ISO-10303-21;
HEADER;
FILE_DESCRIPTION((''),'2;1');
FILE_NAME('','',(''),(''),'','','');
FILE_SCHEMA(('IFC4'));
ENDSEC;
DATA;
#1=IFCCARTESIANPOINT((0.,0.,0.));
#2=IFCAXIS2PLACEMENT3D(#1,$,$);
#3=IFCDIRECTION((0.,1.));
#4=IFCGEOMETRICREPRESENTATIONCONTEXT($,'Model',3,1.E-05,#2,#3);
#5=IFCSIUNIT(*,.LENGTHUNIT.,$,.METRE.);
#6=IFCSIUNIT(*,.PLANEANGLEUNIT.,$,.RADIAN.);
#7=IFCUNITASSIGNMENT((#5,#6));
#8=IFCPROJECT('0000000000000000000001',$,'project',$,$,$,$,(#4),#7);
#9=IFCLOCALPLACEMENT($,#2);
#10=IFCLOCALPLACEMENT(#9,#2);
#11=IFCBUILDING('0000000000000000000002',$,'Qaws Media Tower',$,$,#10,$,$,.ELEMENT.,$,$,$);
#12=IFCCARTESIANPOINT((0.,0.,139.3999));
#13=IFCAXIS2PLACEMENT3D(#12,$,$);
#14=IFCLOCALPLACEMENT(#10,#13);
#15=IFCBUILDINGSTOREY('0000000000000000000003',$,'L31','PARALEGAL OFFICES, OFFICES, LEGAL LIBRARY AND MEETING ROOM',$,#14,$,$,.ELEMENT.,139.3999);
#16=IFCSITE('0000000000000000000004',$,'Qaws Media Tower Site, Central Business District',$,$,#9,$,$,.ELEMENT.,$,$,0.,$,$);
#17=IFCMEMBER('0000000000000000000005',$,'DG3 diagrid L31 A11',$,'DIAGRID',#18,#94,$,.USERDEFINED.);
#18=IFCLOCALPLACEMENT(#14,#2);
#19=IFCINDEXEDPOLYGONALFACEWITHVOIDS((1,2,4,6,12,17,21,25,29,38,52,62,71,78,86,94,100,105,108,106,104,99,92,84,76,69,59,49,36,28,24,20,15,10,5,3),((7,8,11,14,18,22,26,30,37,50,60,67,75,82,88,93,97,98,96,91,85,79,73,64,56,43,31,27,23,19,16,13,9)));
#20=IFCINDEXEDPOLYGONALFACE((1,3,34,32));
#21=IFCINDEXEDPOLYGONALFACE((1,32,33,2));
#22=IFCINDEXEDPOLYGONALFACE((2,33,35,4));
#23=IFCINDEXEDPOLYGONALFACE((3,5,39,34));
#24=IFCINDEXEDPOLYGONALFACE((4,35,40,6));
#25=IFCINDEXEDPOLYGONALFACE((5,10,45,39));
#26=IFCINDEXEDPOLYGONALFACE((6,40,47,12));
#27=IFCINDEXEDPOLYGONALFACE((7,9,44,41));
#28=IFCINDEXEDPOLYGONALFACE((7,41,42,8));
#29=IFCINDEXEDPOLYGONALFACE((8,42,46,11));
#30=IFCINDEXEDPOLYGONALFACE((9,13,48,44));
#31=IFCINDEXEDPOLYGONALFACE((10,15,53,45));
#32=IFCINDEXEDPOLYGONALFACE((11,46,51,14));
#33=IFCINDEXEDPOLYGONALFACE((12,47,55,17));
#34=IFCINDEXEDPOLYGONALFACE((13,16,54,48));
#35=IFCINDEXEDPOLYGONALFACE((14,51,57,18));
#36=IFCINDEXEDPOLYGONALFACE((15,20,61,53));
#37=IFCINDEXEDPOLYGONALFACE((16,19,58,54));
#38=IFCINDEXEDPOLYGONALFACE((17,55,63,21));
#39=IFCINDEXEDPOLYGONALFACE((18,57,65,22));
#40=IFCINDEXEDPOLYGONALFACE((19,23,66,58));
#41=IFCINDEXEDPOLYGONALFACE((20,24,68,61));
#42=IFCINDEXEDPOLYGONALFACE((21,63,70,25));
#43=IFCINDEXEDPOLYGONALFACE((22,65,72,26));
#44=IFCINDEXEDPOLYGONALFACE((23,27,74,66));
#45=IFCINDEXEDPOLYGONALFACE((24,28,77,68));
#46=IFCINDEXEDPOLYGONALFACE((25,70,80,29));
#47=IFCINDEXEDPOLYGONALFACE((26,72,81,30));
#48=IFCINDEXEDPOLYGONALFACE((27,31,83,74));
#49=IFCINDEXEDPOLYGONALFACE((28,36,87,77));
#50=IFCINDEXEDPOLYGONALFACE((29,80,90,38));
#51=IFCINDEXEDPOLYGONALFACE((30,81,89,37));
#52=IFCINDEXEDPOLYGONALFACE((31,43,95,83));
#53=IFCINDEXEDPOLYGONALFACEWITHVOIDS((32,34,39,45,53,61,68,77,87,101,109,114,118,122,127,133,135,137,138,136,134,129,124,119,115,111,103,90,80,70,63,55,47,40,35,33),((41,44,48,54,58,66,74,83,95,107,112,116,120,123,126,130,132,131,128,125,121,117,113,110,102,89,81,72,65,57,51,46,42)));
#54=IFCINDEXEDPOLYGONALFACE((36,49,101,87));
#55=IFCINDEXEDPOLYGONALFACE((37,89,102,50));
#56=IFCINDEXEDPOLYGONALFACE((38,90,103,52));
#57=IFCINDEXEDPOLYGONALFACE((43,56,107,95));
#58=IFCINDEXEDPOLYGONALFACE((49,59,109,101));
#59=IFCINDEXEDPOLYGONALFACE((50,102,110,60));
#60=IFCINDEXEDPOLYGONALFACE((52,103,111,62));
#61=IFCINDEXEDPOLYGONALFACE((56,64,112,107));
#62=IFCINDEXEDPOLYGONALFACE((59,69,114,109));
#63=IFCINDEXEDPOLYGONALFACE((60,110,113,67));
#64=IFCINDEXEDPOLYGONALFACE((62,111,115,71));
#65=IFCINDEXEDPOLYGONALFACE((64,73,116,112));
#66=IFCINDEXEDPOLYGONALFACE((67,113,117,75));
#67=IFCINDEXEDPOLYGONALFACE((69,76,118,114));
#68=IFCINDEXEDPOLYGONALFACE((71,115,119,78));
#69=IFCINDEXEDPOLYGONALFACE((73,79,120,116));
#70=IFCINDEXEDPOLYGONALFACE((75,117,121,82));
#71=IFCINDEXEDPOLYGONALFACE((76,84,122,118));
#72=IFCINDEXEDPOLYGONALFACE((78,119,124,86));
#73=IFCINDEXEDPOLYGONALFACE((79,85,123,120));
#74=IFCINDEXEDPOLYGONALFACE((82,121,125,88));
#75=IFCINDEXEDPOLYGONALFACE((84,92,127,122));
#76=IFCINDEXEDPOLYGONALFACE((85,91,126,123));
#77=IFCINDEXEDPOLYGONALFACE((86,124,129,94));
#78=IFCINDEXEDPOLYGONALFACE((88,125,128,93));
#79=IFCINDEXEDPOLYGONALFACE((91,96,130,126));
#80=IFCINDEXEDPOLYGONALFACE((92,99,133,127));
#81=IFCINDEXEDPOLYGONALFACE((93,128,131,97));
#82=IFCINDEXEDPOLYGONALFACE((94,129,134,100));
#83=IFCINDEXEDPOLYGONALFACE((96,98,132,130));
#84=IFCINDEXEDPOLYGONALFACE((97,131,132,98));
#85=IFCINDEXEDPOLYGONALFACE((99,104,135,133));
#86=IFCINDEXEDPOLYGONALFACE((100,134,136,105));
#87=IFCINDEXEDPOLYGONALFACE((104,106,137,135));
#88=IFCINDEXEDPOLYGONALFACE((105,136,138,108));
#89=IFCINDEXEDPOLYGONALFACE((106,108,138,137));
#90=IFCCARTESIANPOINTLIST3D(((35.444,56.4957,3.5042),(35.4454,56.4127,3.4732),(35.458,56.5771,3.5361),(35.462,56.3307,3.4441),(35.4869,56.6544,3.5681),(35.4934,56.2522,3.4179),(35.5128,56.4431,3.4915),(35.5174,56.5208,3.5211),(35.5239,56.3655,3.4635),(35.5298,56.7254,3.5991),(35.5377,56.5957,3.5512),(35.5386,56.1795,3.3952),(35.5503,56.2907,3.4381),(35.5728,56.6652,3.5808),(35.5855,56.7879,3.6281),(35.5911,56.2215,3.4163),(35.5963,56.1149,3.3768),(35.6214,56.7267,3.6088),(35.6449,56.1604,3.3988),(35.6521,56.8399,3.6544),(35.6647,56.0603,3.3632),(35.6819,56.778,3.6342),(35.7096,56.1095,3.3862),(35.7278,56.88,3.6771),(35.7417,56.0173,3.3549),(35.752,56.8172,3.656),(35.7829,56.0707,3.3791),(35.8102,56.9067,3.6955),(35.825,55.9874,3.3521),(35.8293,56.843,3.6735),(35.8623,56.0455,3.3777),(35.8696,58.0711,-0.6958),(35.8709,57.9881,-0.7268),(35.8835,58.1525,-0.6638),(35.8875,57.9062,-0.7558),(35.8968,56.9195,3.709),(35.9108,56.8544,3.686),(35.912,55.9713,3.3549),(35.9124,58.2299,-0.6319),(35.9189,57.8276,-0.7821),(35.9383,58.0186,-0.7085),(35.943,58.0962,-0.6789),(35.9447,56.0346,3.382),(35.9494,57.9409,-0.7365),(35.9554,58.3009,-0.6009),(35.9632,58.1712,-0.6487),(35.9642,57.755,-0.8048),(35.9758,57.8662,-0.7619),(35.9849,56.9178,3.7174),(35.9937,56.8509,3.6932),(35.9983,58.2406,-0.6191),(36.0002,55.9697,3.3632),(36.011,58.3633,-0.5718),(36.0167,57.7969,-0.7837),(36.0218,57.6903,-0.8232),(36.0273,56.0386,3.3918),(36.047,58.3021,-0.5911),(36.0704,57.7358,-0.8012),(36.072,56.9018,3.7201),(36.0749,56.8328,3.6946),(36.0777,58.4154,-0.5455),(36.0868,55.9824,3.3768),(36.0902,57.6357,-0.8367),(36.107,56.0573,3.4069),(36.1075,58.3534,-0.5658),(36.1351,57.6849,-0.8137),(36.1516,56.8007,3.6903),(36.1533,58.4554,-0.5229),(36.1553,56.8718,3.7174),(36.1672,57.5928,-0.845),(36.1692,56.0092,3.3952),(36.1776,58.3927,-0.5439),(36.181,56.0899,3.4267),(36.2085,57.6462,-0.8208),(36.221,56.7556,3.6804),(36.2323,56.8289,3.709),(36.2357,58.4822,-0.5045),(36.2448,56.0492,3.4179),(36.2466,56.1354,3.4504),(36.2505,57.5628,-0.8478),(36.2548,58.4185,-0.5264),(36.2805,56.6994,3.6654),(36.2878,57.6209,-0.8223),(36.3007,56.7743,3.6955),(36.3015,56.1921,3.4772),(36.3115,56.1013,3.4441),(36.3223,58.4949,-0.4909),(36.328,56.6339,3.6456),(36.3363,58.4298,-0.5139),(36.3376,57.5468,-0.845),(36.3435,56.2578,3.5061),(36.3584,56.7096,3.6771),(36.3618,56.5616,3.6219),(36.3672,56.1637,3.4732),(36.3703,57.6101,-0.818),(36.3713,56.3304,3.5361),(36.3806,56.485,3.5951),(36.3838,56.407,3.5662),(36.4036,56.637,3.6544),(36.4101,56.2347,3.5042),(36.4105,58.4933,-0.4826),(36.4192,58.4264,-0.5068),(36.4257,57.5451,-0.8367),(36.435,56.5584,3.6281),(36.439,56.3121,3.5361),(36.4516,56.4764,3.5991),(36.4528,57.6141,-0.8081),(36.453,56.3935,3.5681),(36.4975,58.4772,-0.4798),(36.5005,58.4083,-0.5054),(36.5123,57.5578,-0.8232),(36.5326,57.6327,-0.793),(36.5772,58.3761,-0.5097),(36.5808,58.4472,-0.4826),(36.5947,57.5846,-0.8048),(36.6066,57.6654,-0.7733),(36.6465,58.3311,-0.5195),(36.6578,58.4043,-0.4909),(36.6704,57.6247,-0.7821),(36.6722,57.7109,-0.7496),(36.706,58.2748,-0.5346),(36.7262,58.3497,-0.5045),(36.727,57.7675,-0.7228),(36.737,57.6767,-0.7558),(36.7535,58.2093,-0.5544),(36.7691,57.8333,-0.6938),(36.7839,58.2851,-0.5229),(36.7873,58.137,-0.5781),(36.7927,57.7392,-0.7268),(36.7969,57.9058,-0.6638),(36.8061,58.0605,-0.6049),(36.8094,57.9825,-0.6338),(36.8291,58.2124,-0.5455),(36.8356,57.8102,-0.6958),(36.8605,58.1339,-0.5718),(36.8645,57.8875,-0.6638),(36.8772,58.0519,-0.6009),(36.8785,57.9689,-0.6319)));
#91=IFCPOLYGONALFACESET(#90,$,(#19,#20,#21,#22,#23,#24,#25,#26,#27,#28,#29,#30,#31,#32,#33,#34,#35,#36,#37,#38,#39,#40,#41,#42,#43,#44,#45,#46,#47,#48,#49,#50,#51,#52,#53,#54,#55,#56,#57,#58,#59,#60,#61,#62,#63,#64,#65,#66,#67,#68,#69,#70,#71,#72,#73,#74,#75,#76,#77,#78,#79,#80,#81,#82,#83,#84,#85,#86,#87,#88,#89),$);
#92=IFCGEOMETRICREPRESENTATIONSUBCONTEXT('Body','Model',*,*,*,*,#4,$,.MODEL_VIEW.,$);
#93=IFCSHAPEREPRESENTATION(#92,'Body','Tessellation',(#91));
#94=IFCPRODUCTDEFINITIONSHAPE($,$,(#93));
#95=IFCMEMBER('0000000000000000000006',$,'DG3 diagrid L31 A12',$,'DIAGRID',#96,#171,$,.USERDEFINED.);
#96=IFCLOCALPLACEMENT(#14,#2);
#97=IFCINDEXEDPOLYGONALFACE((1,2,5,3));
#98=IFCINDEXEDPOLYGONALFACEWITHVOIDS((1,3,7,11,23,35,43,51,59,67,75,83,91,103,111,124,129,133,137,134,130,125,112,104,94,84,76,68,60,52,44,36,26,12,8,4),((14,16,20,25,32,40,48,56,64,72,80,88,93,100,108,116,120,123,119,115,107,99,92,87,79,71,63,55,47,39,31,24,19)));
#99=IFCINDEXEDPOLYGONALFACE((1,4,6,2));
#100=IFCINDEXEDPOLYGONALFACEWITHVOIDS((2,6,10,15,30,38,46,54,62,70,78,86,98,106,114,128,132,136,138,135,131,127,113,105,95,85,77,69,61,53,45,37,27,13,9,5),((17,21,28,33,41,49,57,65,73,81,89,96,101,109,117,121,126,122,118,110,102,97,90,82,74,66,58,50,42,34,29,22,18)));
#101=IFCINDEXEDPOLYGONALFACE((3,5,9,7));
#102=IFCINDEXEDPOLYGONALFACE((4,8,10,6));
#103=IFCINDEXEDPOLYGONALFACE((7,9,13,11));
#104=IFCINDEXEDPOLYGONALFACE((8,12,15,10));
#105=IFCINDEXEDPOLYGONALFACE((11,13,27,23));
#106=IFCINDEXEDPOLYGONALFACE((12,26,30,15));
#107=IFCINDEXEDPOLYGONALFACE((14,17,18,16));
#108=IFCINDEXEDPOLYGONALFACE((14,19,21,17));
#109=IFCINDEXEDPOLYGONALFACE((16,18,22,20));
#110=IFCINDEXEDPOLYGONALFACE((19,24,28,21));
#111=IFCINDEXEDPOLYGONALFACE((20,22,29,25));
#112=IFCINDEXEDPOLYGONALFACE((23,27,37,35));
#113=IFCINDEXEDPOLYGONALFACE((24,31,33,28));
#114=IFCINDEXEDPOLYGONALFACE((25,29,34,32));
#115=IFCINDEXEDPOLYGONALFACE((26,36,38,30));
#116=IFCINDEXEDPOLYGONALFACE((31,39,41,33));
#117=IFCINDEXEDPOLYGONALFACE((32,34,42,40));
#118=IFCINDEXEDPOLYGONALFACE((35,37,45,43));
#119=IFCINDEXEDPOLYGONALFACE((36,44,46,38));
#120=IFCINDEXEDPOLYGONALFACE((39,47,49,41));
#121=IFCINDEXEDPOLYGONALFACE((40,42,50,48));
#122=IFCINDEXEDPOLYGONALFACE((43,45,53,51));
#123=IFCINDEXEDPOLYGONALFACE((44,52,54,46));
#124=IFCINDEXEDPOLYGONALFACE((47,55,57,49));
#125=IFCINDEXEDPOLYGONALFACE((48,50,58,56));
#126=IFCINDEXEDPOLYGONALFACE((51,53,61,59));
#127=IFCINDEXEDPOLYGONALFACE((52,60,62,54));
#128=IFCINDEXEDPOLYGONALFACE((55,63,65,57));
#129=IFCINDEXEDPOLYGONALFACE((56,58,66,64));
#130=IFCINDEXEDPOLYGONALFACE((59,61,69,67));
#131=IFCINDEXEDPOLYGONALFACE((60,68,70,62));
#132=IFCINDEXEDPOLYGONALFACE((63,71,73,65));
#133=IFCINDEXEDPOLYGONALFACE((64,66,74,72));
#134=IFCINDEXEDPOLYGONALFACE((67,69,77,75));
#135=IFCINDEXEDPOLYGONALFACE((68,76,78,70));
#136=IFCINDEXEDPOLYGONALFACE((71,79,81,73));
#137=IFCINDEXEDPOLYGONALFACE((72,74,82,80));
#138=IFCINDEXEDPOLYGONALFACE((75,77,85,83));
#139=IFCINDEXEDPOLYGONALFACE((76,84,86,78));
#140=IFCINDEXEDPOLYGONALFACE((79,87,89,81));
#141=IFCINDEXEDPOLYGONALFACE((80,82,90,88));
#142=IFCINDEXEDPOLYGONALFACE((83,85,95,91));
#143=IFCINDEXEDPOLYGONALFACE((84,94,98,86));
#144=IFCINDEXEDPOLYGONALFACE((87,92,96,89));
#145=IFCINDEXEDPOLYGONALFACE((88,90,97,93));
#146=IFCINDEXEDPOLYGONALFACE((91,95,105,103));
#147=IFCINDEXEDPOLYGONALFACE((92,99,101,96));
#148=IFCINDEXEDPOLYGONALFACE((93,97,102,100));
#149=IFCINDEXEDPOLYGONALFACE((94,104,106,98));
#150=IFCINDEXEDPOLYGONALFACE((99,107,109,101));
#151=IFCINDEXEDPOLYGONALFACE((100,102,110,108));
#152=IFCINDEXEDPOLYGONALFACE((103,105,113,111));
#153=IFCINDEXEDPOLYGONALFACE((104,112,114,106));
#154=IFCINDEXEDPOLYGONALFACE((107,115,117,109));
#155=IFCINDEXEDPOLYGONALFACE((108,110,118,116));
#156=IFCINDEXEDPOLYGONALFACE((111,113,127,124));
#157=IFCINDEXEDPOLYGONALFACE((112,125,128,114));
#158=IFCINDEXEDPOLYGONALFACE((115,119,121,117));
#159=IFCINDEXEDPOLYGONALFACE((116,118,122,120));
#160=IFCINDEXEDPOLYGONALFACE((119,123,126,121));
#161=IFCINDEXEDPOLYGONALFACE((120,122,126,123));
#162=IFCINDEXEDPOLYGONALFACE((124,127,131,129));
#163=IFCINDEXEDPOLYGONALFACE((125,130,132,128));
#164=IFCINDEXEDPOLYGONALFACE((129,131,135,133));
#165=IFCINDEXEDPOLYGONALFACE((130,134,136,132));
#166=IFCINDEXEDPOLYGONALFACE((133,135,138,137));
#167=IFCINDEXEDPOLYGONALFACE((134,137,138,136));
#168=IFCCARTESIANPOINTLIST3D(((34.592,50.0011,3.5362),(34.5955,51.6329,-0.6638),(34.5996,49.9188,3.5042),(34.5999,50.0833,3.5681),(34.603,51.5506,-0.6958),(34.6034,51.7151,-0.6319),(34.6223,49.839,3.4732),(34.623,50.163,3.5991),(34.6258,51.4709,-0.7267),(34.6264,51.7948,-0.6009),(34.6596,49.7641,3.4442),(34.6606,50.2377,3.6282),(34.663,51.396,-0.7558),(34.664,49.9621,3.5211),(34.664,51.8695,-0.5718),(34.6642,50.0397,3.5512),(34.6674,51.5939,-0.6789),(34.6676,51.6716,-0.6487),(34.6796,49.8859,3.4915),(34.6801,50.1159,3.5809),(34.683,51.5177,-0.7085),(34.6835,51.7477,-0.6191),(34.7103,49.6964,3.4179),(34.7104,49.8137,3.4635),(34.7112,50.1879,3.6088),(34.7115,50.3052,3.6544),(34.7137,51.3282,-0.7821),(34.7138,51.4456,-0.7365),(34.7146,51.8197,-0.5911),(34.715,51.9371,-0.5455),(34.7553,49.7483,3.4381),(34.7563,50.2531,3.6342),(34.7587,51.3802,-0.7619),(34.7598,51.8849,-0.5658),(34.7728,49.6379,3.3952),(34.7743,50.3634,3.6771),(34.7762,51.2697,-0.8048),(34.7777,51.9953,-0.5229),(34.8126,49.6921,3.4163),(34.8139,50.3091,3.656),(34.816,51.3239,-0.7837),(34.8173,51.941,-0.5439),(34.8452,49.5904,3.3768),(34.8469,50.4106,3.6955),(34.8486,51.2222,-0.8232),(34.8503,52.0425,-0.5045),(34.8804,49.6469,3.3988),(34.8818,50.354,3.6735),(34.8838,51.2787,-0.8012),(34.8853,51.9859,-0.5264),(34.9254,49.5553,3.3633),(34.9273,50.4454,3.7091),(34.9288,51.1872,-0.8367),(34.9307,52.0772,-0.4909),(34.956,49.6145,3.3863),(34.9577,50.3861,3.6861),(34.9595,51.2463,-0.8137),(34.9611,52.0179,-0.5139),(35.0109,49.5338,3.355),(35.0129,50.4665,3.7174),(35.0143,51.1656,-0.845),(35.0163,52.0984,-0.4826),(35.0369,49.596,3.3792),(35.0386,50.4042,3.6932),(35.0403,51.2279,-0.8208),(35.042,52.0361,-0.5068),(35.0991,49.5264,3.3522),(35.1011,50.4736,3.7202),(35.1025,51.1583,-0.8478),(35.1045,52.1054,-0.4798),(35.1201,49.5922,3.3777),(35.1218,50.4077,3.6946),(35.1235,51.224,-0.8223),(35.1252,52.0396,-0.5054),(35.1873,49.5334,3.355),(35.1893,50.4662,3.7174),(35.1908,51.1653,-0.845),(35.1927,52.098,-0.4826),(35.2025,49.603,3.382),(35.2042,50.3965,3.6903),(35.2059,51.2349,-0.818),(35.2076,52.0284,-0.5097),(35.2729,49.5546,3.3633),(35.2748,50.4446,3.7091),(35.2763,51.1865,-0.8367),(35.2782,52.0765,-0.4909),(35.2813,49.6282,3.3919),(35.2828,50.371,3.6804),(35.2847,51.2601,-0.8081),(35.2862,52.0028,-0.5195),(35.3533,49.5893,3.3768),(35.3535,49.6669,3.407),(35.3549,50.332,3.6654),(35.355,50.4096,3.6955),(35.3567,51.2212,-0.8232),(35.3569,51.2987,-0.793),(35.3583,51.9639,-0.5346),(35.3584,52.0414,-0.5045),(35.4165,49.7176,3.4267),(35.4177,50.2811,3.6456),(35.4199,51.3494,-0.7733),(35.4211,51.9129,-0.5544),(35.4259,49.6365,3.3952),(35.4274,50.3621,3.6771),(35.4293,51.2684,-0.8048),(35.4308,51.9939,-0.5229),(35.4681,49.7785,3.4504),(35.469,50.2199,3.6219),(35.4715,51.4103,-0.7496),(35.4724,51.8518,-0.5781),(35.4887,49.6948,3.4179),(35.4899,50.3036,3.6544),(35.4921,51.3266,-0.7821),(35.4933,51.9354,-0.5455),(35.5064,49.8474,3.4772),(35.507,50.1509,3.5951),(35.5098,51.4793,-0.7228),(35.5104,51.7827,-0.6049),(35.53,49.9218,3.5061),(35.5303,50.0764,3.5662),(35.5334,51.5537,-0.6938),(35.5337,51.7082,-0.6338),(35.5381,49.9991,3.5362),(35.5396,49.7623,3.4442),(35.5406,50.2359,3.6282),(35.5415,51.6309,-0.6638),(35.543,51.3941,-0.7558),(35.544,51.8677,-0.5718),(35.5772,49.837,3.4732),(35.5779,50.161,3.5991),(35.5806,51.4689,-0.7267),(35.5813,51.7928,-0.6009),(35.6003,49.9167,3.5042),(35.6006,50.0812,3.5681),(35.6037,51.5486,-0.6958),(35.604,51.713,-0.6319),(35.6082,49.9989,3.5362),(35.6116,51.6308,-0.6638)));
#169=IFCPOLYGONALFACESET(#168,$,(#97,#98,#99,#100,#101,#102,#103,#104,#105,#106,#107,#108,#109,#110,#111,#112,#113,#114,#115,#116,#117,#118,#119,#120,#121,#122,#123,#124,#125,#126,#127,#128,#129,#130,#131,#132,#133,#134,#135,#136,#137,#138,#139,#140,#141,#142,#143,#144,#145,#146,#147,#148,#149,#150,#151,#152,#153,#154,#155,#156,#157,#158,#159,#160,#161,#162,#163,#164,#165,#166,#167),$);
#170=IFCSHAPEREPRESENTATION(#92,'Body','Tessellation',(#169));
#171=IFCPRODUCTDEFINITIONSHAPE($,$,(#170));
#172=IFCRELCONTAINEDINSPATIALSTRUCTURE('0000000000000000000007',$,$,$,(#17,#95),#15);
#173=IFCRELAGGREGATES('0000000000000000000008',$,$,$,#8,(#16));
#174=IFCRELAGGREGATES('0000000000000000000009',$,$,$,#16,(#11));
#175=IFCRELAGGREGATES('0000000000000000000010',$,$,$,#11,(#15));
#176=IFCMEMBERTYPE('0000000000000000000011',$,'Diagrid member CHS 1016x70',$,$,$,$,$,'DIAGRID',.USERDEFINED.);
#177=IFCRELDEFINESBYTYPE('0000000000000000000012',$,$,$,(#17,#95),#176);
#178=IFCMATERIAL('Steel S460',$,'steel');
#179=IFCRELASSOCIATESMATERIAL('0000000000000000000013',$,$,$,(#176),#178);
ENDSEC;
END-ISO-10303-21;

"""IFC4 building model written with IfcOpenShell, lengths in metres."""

from ifc_helpers import new_model, si_unit, direction, frame, origin, origin_2d, place, context, subcontext, project, spatial, hollow_circle, extrude, material, material_profile, profile_set, type_object, element, save


model = new_model("IFC4")

# Units and contexts
model_context = context("Model", 3, precision=1e-05, world=origin(), true_north=direction((0.0, 1.0)))
body_context = subcontext(model_context, "Body", "Model", "MODEL_VIEW")
ifc_project = project(units=[si_unit("LENGTHUNIT", "METRE"), si_unit("PLANEANGLEUNIT", "RADIAN")], contexts=[model_context])

# Site, building, storey
site_placement = place(None, origin())
site = spatial("IfcSite", under=ifc_project, at=site_placement, Name="Qaws Media Tower Site, Central Business District", CompositionType="ELEMENT", RefElevation=0.0)
building_placement = place(site_placement, origin())
building = spatial("IfcBuilding", under=site, at=building_placement, Name="Qaws Media Tower", CompositionType="ELEMENT")
storey_placement = place(building_placement, frame((0.0, 0.0, 139.3999)))
storey = spatial("IfcBuildingStorey", under=building, at=storey_placement, Name="L31", Description="PARALEGAL OFFICES, OFFICES, LEGAL LIBRARY AND MEETING ROOM", CompositionType="ELEMENT", Elevation=139.3999)

# Members
ifc_material_1 = material(Name="Steel S460", Category="steel")
ifc_material_profile_1 = material_profile(ifc_material_1, hollow_circle(Radius=0.5081, WallThickness=0.0701, at=origin_2d()), Name="CHS 1016x70")
ifc_profile_set_1 = profile_set([ifc_material_profile_1], Name="Steel S460")
member_type_1 = type_object("IfcMemberType", Name="Diagrid member CHS 1016x70", ElementType="DIAGRID", PredefinedType="USERDEFINED", material=ifc_profile_set_1)
for number, where, z_axis, x_axis, name in (
    (1, (36.374, 58.02, -0.6638), (-0.094441, -0.349643, 0.932111), (0.965403, -0.260762, 0.0), "DG3 diagrid L31 A11"),
    (2, (35.1035, 51.6318, -0.6638), (-0.000759, -0.362161, 0.932115), (0.999998, -0.002095, 0.0), "DG3 diagrid L31 A12"),
):
    element("IfcMember", number, at=place(storey_placement, frame(where, z_axis=z_axis, x_axis=x_axis)), inside=storey, type_object=member_type_1, Name=name, ObjectType="DIAGRID", PredefinedType="USERDEFINED", context=body_context, shape_type="SweptSolid", body=[
        extrude(hollow_circle(Radius=0.5081, WallThickness=0.0701, at=origin_2d()), origin(), (0.0, 0.0, 1.0), 4.5059),
    ])

save(model, "model.ifc")
